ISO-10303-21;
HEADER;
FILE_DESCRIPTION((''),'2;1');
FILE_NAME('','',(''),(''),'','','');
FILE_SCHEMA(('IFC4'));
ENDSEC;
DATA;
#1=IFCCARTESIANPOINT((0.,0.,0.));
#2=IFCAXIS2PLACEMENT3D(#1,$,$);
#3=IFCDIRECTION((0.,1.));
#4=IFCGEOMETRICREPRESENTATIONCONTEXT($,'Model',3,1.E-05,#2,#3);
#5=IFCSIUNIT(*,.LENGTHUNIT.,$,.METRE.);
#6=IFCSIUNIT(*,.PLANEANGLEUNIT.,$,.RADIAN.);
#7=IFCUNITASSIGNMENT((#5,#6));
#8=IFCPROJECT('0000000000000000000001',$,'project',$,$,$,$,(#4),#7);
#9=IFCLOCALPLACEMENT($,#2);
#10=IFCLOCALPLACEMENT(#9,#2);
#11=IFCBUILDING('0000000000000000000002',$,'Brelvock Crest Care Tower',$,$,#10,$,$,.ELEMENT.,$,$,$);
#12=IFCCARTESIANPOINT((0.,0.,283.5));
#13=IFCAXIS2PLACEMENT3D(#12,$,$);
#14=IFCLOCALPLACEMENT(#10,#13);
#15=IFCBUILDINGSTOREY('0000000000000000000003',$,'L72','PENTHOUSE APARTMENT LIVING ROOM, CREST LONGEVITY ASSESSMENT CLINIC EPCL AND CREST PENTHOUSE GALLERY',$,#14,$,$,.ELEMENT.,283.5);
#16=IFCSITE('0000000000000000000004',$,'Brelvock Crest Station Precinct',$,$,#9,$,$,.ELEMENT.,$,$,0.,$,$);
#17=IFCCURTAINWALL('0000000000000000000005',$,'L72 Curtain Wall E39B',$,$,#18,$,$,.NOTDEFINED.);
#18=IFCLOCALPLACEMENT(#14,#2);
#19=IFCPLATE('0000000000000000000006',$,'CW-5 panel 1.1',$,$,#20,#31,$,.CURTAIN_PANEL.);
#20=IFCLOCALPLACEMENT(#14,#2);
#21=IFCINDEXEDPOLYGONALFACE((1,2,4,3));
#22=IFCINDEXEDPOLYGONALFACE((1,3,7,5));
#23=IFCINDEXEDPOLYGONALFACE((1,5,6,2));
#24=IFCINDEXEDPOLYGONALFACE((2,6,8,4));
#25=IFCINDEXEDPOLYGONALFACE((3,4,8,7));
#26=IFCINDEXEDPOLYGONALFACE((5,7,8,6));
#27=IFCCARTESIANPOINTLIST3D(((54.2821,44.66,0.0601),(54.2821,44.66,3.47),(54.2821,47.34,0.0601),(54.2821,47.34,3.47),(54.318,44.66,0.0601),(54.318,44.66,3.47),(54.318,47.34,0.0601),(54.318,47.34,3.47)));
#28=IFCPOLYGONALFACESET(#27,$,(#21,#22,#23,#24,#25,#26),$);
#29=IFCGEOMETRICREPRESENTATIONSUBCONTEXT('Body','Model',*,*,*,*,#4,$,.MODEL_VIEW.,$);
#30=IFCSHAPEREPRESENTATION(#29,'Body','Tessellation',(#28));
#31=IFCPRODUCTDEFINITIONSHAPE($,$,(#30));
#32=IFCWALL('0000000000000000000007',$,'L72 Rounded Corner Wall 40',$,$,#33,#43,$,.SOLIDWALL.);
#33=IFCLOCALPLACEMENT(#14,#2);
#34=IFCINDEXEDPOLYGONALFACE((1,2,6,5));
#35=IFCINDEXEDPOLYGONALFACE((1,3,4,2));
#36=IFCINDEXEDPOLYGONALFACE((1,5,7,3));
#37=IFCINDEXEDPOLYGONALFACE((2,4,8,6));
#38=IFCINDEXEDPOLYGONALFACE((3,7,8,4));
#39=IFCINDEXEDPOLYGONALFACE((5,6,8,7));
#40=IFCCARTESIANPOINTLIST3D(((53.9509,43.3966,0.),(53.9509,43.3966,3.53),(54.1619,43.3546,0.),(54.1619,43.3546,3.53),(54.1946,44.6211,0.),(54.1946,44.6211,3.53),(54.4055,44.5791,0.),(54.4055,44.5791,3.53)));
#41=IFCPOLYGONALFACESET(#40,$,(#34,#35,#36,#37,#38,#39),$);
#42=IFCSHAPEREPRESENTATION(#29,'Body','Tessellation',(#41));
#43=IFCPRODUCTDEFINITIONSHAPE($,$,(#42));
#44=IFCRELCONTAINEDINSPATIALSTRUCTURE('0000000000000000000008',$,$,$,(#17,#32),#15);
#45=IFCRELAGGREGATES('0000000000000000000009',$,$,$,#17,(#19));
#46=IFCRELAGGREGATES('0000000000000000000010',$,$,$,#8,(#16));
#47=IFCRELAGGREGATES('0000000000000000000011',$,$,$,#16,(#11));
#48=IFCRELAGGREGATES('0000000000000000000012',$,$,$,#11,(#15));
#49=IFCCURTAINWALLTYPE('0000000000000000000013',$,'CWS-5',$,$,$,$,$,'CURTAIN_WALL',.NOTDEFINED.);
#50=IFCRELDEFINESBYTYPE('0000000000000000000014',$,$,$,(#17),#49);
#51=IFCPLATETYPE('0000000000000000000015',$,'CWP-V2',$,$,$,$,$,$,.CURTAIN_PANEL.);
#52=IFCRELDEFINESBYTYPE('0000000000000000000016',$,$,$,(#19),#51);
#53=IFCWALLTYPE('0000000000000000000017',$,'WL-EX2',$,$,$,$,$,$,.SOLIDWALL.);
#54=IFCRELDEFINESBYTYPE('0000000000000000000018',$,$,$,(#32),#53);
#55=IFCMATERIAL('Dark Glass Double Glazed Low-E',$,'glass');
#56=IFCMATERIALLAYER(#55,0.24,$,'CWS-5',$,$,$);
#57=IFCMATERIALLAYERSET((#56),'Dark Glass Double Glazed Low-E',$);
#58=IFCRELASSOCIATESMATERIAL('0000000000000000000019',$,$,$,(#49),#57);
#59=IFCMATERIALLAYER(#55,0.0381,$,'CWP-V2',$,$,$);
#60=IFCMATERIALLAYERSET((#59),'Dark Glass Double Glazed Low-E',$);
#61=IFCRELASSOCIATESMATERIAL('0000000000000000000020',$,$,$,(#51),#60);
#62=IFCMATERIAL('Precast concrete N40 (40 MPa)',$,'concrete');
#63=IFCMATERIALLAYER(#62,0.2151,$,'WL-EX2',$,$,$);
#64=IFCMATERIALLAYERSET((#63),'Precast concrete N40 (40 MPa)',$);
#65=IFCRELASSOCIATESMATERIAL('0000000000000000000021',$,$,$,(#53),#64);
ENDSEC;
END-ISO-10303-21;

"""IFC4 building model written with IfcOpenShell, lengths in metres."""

from ifc_helpers import new_model, si_unit, direction, frame, frame_2d, origin, origin_2d, place, context, subcontext, project, spatial, rectangle, extrude, source, transform, mapped, material, layer, layer_set, type_object, element, aggregate, save


model = new_model("IFC4")

# Units and contexts
model_context = context("Model", 3, precision=1e-05, world=origin(), true_north=direction((0.0, 1.0)))
body_context = subcontext(model_context, "Body", "Model", "MODEL_VIEW")
ifc_project = project(units=[si_unit("LENGTHUNIT", "METRE"), si_unit("PLANEANGLEUNIT", "RADIAN")], contexts=[model_context])

# Site, building, storey
site_placement = place(None, origin())
site = spatial("IfcSite", under=ifc_project, at=site_placement, Name="Brelvock Crest Station Precinct", CompositionType="ELEMENT", RefElevation=0.0)
building_placement = place(site_placement, origin())
building = spatial("IfcBuilding", under=site, at=building_placement, Name="Brelvock Crest Care Tower", CompositionType="ELEMENT")
storey_placement = place(building_placement, frame((0.0, 0.0, 283.5)))
storey = spatial("IfcBuildingStorey", under=building, at=storey_placement, Name="L72", Description="PENTHOUSE APARTMENT LIVING ROOM, CREST LONGEVITY ASSESSMENT CLINIC EPCL AND CREST PENTHOUSE GALLERY", CompositionType="ELEMENT", Elevation=283.5)

# Curtain wall
ifc_material_1 = material(Name="Dark Glass Double Glazed Low-E", Category="glass")
ifc_layer_1 = layer(ifc_material_1, 0.24, Name="CWS-5")
ifc_layer_set_1 = layer_set([ifc_layer_1], Name="Dark Glass Double Glazed Low-E")
curtain_wall_type = type_object("IfcCurtainWallType", Name="CWS-5", ElementType="CURTAIN_WALL", PredefinedType="NOTDEFINED", material=ifc_layer_set_1)
curtain_wall_1_placement = place(storey_placement, origin())
curtain_wall_1 = element("IfcCurtainWall", 1, at=curtain_wall_1_placement, inside=storey, type_object=curtain_wall_type, Name="L72 Curtain Wall E39B", PredefinedType="NOTDEFINED")

# Plate
ifc_layer_2 = layer(ifc_material_1, 0.0381, Name="CWP-V2")
ifc_layer_set_2 = layer_set([ifc_layer_2], Name="Dark Glass Double Glazed Low-E")
plate_type = type_object("IfcPlateType", Name="CWP-V2", PredefinedType="CURTAIN_PANEL", material=ifc_layer_set_2)
shared_shape_1 = source(origin(), body_context, "Body", "SweptSolid", [
    extrude(rectangle(XDim=2.6799, YDim=0.0359, at=origin_2d()), origin(), (0.0, 0.0, 1.0), 3.4099),
])
plate_1_placement = place(storey_placement, frame((54.3, 46.0, 0.0601), z_axis=(0.0, 0.0, 1.0), x_axis=(0.0, -1.0, 0.0)))
plate_1 = element("IfcPlate", 2, at=plate_1_placement, type_object=plate_type, Name="CW-5 panel 1.1", PredefinedType="CURTAIN_PANEL", context=body_context, shape_type="MappedRepresentation", body=[
    mapped(shared_shape_1, transform((0.0, 0.0, 0.0), x_axis=(1.0, 0.0, 0.0), y_axis=(0.0, 1.0, 0.0), z_axis=(0.0, 0.0, 1.0), scale=1.0)),
])
aggregate(curtain_wall_1, [plate_1])

# Shared definitions
ifc_material_2 = material(Name="Precast concrete N40 (40 MPa)", Category="concrete")

# Wall
ifc_layer_3 = layer(ifc_material_2, 0.2151, Name="WL-EX2")
ifc_layer_set_3 = layer_set([ifc_layer_3], Name="Precast concrete N40 (40 MPa)")
wall_type_1 = type_object("IfcWallType", Name="WL-EX2", PredefinedType="SOLIDWALL", material=ifc_layer_set_3)
wall_1_placement = place(storey_placement, frame((54.3, 44.6001, 0.0), z_axis=(0.0, 0.0, 1.0), x_axis=(-0.195138, -0.980776, 0.0)))
element("IfcWall", 3, at=wall_1_placement, inside=storey, type_object=wall_type_1, Name="L72 Rounded Corner Wall 40", PredefinedType="SOLIDWALL", context=body_context, shape_type="SweptSolid", body=[
    extrude(rectangle(XDim=1.2485, YDim=0.2151, at=frame_2d((0.6243, 0.0))), origin(), (0.0, 0.0, 1.0), 3.53),
])

save(model, "model.ifc")
